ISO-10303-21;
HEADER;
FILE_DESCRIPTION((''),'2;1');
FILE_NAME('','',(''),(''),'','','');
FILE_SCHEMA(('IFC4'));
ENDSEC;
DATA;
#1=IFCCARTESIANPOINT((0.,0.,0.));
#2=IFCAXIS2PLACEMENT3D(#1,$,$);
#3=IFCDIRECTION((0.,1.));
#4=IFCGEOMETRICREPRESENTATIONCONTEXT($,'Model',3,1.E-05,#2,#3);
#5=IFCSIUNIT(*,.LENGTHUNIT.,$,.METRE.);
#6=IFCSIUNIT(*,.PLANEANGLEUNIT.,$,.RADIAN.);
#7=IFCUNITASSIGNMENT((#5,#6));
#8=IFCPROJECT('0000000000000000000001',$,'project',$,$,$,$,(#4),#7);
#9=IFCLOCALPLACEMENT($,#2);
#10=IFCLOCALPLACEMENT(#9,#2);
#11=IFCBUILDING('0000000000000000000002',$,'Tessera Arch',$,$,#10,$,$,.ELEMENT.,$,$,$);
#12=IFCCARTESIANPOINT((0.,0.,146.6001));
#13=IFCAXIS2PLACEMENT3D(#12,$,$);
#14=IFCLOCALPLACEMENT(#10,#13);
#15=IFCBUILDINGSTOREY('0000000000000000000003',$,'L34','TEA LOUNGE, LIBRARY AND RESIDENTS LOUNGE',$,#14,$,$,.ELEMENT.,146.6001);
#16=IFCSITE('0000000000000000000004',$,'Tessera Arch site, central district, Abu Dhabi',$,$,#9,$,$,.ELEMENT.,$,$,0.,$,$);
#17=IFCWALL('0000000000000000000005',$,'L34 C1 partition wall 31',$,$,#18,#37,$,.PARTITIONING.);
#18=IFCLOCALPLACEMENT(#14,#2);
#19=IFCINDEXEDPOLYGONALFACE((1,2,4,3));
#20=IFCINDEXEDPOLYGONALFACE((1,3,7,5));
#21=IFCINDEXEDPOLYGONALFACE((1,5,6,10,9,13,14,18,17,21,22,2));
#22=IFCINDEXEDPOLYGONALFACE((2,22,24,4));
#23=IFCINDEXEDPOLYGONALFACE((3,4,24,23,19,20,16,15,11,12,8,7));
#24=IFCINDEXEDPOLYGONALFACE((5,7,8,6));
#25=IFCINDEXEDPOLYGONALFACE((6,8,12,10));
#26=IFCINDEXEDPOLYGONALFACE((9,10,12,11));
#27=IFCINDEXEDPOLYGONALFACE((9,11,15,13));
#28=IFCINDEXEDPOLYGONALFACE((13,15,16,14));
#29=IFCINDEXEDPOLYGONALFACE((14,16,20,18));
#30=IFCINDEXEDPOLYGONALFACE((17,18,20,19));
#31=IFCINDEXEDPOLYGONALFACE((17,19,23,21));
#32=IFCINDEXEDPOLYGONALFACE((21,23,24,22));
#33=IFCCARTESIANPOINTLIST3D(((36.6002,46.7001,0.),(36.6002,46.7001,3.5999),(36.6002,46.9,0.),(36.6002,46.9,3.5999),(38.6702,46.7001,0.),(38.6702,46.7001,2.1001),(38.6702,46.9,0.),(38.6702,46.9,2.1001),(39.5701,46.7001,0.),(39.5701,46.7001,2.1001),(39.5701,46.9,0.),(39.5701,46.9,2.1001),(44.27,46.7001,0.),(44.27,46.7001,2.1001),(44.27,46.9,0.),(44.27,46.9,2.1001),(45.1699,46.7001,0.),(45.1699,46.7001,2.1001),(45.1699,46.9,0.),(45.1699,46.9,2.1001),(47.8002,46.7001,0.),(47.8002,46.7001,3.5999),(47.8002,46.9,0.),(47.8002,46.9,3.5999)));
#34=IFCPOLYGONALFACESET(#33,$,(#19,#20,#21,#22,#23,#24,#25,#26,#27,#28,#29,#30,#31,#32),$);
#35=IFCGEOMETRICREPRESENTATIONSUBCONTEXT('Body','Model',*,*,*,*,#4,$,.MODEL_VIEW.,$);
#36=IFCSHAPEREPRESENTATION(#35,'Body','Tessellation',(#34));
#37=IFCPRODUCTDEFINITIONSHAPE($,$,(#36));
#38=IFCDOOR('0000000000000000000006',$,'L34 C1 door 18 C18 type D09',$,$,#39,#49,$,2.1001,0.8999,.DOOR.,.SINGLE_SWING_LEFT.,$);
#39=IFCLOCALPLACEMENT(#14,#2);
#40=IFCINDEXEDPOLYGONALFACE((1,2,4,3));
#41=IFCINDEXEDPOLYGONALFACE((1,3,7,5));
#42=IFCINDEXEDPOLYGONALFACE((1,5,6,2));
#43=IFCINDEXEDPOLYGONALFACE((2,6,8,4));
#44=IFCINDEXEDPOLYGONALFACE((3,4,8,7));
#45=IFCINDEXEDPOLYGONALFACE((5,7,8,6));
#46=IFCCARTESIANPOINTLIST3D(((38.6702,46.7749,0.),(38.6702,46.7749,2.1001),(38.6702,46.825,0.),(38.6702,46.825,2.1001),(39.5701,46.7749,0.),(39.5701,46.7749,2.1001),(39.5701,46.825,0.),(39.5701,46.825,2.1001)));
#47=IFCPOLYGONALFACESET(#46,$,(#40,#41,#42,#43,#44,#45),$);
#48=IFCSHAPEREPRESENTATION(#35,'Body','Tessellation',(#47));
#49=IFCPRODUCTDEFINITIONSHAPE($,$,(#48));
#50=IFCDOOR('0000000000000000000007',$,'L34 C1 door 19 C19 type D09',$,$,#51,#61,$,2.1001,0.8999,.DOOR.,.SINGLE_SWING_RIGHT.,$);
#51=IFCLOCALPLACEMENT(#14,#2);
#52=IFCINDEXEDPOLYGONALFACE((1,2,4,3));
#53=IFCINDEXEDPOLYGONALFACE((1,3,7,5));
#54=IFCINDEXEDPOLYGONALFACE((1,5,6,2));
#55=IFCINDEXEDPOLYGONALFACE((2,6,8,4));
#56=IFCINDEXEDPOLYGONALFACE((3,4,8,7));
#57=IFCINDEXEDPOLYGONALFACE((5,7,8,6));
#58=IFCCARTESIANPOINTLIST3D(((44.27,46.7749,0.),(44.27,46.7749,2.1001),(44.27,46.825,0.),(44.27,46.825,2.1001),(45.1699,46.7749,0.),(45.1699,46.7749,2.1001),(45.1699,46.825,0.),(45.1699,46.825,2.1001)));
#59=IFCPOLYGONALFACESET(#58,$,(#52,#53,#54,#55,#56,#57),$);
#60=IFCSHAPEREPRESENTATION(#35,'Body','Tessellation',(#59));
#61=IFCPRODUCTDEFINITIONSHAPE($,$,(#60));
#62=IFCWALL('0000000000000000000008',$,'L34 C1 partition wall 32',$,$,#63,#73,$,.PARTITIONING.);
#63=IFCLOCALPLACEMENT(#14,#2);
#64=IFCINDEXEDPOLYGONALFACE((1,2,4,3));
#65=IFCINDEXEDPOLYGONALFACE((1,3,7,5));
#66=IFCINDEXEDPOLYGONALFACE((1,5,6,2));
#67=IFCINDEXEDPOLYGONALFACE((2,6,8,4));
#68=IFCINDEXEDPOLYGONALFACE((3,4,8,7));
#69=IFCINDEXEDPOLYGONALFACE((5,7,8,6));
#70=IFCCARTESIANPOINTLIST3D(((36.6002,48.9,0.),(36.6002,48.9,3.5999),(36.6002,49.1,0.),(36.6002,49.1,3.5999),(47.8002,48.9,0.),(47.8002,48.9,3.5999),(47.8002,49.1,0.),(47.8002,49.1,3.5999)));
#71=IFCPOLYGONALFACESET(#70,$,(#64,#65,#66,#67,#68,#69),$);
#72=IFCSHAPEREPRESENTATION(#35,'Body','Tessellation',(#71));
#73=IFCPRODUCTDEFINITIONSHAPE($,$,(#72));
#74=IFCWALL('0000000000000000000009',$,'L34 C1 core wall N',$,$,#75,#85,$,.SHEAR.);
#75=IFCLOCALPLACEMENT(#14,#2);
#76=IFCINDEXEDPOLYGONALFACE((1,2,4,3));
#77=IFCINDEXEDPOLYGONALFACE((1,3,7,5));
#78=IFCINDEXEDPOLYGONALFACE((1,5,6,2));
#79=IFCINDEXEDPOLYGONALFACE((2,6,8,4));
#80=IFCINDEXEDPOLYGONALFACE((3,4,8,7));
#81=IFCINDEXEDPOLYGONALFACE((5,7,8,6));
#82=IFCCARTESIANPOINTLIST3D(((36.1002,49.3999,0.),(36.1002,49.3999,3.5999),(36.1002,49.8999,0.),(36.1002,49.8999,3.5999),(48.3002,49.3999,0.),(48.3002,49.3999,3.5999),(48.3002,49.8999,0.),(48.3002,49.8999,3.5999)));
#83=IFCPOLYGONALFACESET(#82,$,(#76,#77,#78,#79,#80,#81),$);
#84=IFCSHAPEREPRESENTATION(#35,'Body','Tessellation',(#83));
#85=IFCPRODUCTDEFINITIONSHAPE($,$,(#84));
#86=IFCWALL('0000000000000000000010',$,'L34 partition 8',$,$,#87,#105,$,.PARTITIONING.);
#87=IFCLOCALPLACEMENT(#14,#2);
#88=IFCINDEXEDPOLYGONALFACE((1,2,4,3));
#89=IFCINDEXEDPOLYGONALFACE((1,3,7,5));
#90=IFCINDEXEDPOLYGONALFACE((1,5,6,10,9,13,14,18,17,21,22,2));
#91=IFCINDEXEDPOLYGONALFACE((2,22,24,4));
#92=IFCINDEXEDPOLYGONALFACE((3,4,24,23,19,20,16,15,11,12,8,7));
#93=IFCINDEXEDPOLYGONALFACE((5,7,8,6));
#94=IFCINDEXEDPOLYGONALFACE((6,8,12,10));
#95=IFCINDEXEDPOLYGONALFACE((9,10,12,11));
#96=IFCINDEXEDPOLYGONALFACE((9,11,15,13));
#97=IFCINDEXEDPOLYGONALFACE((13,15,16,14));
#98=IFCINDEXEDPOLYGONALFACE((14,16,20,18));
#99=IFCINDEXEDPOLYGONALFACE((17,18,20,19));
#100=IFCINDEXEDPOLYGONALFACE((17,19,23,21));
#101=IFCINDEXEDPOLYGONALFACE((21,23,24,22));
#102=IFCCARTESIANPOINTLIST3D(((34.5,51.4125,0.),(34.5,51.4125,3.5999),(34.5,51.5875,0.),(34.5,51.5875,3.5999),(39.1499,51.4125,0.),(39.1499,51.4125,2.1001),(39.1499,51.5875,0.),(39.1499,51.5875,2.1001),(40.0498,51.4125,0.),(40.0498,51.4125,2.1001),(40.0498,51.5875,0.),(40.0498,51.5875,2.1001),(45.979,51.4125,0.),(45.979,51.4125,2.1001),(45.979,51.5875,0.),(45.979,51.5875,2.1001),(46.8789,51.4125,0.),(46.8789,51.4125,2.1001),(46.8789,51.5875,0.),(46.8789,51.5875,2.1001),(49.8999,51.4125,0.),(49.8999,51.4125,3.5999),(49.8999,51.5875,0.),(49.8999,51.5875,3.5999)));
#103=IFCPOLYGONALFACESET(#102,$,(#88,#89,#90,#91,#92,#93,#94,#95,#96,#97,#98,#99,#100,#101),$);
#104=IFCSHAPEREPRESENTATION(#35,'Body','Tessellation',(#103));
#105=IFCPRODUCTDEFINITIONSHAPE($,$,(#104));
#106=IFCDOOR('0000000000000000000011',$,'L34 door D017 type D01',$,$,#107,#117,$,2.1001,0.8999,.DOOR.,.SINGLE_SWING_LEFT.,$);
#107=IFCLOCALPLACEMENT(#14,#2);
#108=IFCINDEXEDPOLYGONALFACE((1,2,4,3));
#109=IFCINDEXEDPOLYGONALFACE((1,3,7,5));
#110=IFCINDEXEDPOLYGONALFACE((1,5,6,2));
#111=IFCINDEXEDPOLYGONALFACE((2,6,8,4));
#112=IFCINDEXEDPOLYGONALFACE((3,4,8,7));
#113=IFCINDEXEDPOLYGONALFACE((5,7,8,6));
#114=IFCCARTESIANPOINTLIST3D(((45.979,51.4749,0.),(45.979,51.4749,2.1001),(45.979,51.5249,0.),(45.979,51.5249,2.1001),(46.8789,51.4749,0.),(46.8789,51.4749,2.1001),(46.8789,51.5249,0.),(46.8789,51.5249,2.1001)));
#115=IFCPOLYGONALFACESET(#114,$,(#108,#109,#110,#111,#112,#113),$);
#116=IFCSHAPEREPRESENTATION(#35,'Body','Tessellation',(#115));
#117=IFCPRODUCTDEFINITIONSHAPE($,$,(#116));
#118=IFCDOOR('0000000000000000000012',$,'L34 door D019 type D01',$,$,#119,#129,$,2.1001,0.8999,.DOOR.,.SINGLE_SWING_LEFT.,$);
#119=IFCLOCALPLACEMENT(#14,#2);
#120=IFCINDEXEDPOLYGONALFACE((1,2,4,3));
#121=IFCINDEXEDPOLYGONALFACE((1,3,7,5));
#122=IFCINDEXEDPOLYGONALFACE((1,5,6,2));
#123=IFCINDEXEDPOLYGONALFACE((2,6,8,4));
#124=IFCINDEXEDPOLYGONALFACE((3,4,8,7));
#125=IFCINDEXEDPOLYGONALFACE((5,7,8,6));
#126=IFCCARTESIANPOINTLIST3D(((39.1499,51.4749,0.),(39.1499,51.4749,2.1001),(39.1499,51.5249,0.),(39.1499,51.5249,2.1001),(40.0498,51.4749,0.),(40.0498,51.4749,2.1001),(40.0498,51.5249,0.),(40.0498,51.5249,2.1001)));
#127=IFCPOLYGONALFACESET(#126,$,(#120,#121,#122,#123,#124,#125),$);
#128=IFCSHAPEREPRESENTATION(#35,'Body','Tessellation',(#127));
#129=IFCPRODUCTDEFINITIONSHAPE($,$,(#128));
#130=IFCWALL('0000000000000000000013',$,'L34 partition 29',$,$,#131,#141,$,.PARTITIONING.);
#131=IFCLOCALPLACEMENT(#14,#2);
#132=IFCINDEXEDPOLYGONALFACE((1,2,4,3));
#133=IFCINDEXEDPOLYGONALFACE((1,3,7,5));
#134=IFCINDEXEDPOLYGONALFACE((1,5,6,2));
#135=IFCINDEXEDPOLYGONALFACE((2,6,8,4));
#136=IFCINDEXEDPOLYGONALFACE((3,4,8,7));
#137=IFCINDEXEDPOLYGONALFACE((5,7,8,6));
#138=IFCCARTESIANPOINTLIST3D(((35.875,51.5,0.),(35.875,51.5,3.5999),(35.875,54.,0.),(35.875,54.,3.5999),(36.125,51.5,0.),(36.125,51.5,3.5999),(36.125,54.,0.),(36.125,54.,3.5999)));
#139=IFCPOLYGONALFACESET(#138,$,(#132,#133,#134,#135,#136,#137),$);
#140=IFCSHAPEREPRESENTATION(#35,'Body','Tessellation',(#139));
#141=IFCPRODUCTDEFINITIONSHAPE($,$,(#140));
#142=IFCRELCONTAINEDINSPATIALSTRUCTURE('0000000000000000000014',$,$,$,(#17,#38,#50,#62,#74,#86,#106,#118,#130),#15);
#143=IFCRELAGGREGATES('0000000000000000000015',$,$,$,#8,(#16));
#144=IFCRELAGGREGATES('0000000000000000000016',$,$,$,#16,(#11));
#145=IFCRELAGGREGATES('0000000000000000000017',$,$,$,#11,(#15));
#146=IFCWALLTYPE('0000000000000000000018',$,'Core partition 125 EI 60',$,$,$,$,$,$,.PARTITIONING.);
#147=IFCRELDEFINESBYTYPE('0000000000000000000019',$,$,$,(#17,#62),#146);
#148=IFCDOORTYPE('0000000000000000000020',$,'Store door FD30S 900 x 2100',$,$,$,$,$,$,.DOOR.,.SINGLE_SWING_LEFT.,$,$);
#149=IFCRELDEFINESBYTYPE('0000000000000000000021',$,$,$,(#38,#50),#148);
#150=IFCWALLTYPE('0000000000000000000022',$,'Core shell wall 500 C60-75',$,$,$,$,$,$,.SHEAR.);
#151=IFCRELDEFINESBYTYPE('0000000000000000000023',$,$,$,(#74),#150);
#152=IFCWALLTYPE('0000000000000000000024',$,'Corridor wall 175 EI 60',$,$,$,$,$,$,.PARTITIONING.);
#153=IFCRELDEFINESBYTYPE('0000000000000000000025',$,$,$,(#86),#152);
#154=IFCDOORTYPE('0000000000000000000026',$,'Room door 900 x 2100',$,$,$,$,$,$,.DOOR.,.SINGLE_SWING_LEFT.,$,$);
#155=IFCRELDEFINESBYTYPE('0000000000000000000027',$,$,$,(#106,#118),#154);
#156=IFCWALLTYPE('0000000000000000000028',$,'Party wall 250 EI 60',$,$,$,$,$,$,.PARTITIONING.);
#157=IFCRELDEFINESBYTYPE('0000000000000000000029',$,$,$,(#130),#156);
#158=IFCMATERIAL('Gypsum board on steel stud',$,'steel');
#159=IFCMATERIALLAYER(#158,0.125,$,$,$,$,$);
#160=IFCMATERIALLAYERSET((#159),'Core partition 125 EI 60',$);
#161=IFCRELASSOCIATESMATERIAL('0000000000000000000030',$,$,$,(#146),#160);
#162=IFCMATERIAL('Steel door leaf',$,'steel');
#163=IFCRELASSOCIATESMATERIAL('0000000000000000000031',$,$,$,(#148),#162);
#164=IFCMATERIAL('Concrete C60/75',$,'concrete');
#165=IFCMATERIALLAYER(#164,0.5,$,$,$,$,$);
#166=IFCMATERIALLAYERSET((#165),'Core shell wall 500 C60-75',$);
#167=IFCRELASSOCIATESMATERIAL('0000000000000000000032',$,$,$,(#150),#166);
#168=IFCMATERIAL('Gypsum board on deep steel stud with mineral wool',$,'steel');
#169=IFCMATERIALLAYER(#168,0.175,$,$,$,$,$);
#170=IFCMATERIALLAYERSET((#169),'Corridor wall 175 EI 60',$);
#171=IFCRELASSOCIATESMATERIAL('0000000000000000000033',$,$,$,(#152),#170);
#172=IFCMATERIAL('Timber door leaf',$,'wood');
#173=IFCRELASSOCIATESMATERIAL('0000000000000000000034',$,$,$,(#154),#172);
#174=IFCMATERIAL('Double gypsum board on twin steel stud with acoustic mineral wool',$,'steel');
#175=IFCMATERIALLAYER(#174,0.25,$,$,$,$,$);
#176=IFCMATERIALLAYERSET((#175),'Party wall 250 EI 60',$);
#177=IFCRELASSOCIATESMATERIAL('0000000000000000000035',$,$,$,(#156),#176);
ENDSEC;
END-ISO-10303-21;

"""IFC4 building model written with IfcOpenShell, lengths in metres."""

from ifc_helpers import new_model, si_unit, direction, frame, frame_2d, origin, place, context, subcontext, project, spatial, rectangle, extrude, material, layer, layer_set, type_object, element, fill, save


model = new_model("IFC4")

# Units and contexts
model_context = context("Model", 3, precision=1e-05, world=origin(), true_north=direction((0.0, 1.0)))
body_context = subcontext(model_context, "Body", "Model", "MODEL_VIEW")
ifc_project = project(units=[si_unit("LENGTHUNIT", "METRE"), si_unit("PLANEANGLEUNIT", "RADIAN")], contexts=[model_context])

# Site, building, storey
site_placement = place(None, origin())
site = spatial("IfcSite", under=ifc_project, at=site_placement, Name="Tessera Arch site, central district, Abu Dhabi", CompositionType="ELEMENT", RefElevation=0.0)
building_placement = place(site_placement, origin())
building = spatial("IfcBuilding", under=site, at=building_placement, Name="Tessera Arch", CompositionType="ELEMENT")
storey_placement = place(building_placement, frame((0.0, 0.0, 146.6001)))
storey = spatial("IfcBuildingStorey", under=building, at=storey_placement, Name="L34", Description="TEA LOUNGE, LIBRARY AND RESIDENTS LOUNGE", CompositionType="ELEMENT", Elevation=146.6001)

# Wall, openings, doors
ifc_material_1 = material(Name="Gypsum board on steel stud", Category="steel")
ifc_layer_1 = layer(ifc_material_1, 0.125)
ifc_layer_set_1 = layer_set([ifc_layer_1], Name="Core partition 125 EI 60")
wall_type_1 = type_object("IfcWallType", Name="Core partition 125 EI 60", PredefinedType="PARTITIONING", material=ifc_layer_set_1)
wall_1_placement = place(storey_placement, frame((36.6001, 46.8, 0.0), z_axis=(0.0, 0.0, 1.0), x_axis=(1.0, 0.0, 0.0)))
wall_1 = element("IfcWall", 1, at=wall_1_placement, inside=storey, type_object=wall_type_1, Name="L34 C1 partition wall 31", PredefinedType="PARTITIONING", context=body_context, shape_type="SweptSolid", body=[
    extrude(rectangle(XDim=11.2, YDim=0.2, at=frame_2d((5.6001, 0.0))), origin(), (0.0, 0.0, 1.0), 3.5999),
])
opening_1_placement = place(wall_1_placement, frame((2.0701, 0.0, 0.0)))
opening_1 = element("IfcOpeningElement", 2, at=opening_1_placement, cuts=wall_1, PredefinedType="OPENING", context=body_context, shape_type="SweptSolid", body=[
    extrude(rectangle(XDim=0.8999, YDim=2.1001, at=frame_2d((0.45, 1.05))), frame((0.0, 0.1099, 0.0), z_axis=(0.0, -1.0, 0.0), x_axis=(1.0, 0.0, 0.0)), (0.0, 0.0, 1.0), 0.22),
])
opening_2_placement = place(wall_1_placement, frame((7.6699, 0.0, 0.0)))
opening_2 = element("IfcOpeningElement", 3, at=opening_2_placement, cuts=wall_1, PredefinedType="OPENING", context=body_context, shape_type="SweptSolid", body=[
    extrude(rectangle(XDim=0.8999, YDim=2.1001, at=frame_2d((0.45, 1.05))), frame((0.0, 0.1099, 0.0), z_axis=(0.0, -1.0, 0.0), x_axis=(1.0, 0.0, 0.0)), (0.0, 0.0, 1.0), 0.22),
])
ifc_material_2 = material(Name="Steel door leaf", Category="steel")
door_type_1 = type_object("IfcDoorType", Name="Store door FD30S 900 x 2100", OperationType="SINGLE_SWING_LEFT", PredefinedType="DOOR", material=ifc_material_2)
door_1_placement = place(opening_1_placement, origin())
door_1 = element("IfcDoor", 4, at=door_1_placement, inside=storey, type_object=door_type_1, Name="L34 C1 door 18 C18 type D09", OperationType="SINGLE_SWING_LEFT", OverallHeight=2.1001, OverallWidth=0.8999, PredefinedType="DOOR", context=body_context, shape_type="SweptSolid", body=[
    extrude(rectangle(XDim=0.8999, YDim=2.1001, at=frame_2d((0.45, 1.05))), frame((0.0, 0.0249, 0.0), z_axis=(0.0, -1.0, 0.0), x_axis=(1.0, 0.0, 0.0)), (0.0, 0.0, 1.0), 0.05),
])
fill(opening_1, door_1)
door_2_placement = place(opening_2_placement, origin())
door_2 = element("IfcDoor", 5, at=door_2_placement, inside=storey, type_object=door_type_1, Name="L34 C1 door 19 C19 type D09", OperationType="SINGLE_SWING_RIGHT", OverallHeight=2.1001, OverallWidth=0.8999, PredefinedType="DOOR", context=body_context, shape_type="SweptSolid", body=[
    extrude(rectangle(XDim=0.8999, YDim=2.1001, at=frame_2d((0.45, 1.05))), frame((0.0, 0.0249, 0.0), z_axis=(0.0, -1.0, 0.0), x_axis=(1.0, 0.0, 0.0)), (0.0, 0.0, 1.0), 0.05),
])
fill(opening_2, door_2)

# Walls
wall_2_placement = place(storey_placement, frame((36.6001, 49.0, 0.0), z_axis=(0.0, 0.0, 1.0), x_axis=(1.0, 0.0, 0.0)))
element("IfcWall", 6, at=wall_2_placement, inside=storey, type_object=wall_type_1, Name="L34 C1 partition wall 32", PredefinedType="PARTITIONING", context=body_context, shape_type="SweptSolid", body=[
    extrude(rectangle(XDim=11.2, YDim=0.2, at=frame_2d((5.6001, 0.0))), origin(), (0.0, 0.0, 1.0), 3.5999),
])
ifc_material_3 = material(Name="Concrete C60/75", Category="concrete")
ifc_layer_2 = layer(ifc_material_3, 0.5)
ifc_layer_set_2 = layer_set([ifc_layer_2], Name="Core shell wall 500 C60-75")
wall_type_2 = type_object("IfcWallType", Name="Core shell wall 500 C60-75", PredefinedType="SHEAR", material=ifc_layer_set_2)
wall_3_placement = place(storey_placement, frame((36.1001, 49.6499, 0.0), z_axis=(0.0, 0.0, 1.0), x_axis=(1.0, 0.0, 0.0)))
element("IfcWall", 7, at=wall_3_placement, inside=storey, type_object=wall_type_2, Name="L34 C1 core wall N", PredefinedType="SHEAR", context=body_context, shape_type="SweptSolid", body=[
    extrude(rectangle(XDim=12.2, YDim=0.5, at=frame_2d((6.1001, 0.0))), origin(), (0.0, 0.0, 1.0), 3.5999),
])

# Wall, openings, doors
ifc_material_4 = material(Name="Gypsum board on deep steel stud with mineral wool", Category="steel")
ifc_layer_3 = layer(ifc_material_4, 0.175)
ifc_layer_set_3 = layer_set([ifc_layer_3], Name="Corridor wall 175 EI 60")
wall_type_3 = type_object("IfcWallType", Name="Corridor wall 175 EI 60", PredefinedType="PARTITIONING", material=ifc_layer_set_3)
wall_4_placement = place(storey_placement, frame((34.5, 51.5, 0.0), z_axis=(0.0, 0.0, 1.0), x_axis=(1.0, 0.0, 0.0)))
wall_4 = element("IfcWall", 8, at=wall_4_placement, inside=storey, type_object=wall_type_3, Name="L34 partition 8", PredefinedType="PARTITIONING", context=body_context, shape_type="SweptSolid", body=[
    extrude(rectangle(XDim=15.3999, YDim=0.175, at=frame_2d((7.7, 0.0))), origin(), (0.0, 0.0, 1.0), 3.5999),
])
opening_3_placement = place(wall_4_placement, frame((11.479, 0.0, 0.0)))
opening_3 = element("IfcOpeningElement", 9, at=opening_3_placement, cuts=wall_4, PredefinedType="OPENING", context=body_context, shape_type="SweptSolid", body=[
    extrude(rectangle(XDim=0.8999, YDim=2.1001, at=frame_2d((0.45, 1.05))), frame((0.0, 0.0974, 0.0), z_axis=(0.0, -1.0, 0.0), x_axis=(1.0, 0.0, 0.0)), (0.0, 0.0, 1.0), 0.1951),
])
opening_4_placement = place(wall_4_placement, frame((4.6499, 0.0, 0.0)))
opening_4 = element("IfcOpeningElement", 10, at=opening_4_placement, cuts=wall_4, PredefinedType="OPENING", context=body_context, shape_type="SweptSolid", body=[
    extrude(rectangle(XDim=0.8999, YDim=2.1001, at=frame_2d((0.45, 1.05))), frame((0.0, 0.0974, 0.0), z_axis=(0.0, -1.0, 0.0), x_axis=(1.0, 0.0, 0.0)), (0.0, 0.0, 1.0), 0.1951),
])
ifc_material_5 = material(Name="Timber door leaf", Category="wood")
door_type_2 = type_object("IfcDoorType", Name="Room door 900 x 2100", OperationType="SINGLE_SWING_LEFT", PredefinedType="DOOR", material=ifc_material_5)
door_3_placement = place(opening_3_placement, origin())
door_3 = element("IfcDoor", 11, at=door_3_placement, inside=storey, type_object=door_type_2, Name="L34 door D017 type D01", OperationType="SINGLE_SWING_LEFT", OverallHeight=2.1001, OverallWidth=0.8999, PredefinedType="DOOR", context=body_context, shape_type="SweptSolid", body=[
    extrude(rectangle(XDim=0.8999, YDim=2.1001, at=frame_2d((0.45, 1.05))), frame((0.0, 0.0249, 0.0), z_axis=(0.0, -1.0, 0.0), x_axis=(1.0, 0.0, 0.0)), (0.0, 0.0, 1.0), 0.05),
])
fill(opening_3, door_3)
door_4_placement = place(opening_4_placement, origin())
door_4 = element("IfcDoor", 12, at=door_4_placement, inside=storey, type_object=door_type_2, Name="L34 door D019 type D01", OperationType="SINGLE_SWING_LEFT", OverallHeight=2.1001, OverallWidth=0.8999, PredefinedType="DOOR", context=body_context, shape_type="SweptSolid", body=[
    extrude(rectangle(XDim=0.8999, YDim=2.1001, at=frame_2d((0.45, 1.05))), frame((0.0, 0.0249, 0.0), z_axis=(0.0, -1.0, 0.0), x_axis=(1.0, 0.0, 0.0)), (0.0, 0.0, 1.0), 0.05),
])
fill(opening_4, door_4)

# Wall
ifc_material_6 = material(Name="Double gypsum board on twin steel stud with acoustic mineral wool", Category="steel")
ifc_layer_4 = layer(ifc_material_6, 0.25)
ifc_layer_set_4 = layer_set([ifc_layer_4], Name="Party wall 250 EI 60")
wall_type_4 = type_object("IfcWallType", Name="Party wall 250 EI 60", PredefinedType="PARTITIONING", material=ifc_layer_set_4)
wall_5_placement = place(storey_placement, frame((36.0, 51.5, 0.0), z_axis=(0.0, 0.0, 1.0), x_axis=(0.0, 1.0, 0.0)))
element("IfcWall", 13, at=wall_5_placement, inside=storey, type_object=wall_type_4, Name="L34 partition 29", PredefinedType="PARTITIONING", context=body_context, shape_type="SweptSolid", body=[
    extrude(rectangle(XDim=2.5, YDim=0.25, at=frame_2d((1.25, 0.0))), origin(), (0.0, 0.0, 1.0), 3.5999),
])

save(model, "model.ifc")
